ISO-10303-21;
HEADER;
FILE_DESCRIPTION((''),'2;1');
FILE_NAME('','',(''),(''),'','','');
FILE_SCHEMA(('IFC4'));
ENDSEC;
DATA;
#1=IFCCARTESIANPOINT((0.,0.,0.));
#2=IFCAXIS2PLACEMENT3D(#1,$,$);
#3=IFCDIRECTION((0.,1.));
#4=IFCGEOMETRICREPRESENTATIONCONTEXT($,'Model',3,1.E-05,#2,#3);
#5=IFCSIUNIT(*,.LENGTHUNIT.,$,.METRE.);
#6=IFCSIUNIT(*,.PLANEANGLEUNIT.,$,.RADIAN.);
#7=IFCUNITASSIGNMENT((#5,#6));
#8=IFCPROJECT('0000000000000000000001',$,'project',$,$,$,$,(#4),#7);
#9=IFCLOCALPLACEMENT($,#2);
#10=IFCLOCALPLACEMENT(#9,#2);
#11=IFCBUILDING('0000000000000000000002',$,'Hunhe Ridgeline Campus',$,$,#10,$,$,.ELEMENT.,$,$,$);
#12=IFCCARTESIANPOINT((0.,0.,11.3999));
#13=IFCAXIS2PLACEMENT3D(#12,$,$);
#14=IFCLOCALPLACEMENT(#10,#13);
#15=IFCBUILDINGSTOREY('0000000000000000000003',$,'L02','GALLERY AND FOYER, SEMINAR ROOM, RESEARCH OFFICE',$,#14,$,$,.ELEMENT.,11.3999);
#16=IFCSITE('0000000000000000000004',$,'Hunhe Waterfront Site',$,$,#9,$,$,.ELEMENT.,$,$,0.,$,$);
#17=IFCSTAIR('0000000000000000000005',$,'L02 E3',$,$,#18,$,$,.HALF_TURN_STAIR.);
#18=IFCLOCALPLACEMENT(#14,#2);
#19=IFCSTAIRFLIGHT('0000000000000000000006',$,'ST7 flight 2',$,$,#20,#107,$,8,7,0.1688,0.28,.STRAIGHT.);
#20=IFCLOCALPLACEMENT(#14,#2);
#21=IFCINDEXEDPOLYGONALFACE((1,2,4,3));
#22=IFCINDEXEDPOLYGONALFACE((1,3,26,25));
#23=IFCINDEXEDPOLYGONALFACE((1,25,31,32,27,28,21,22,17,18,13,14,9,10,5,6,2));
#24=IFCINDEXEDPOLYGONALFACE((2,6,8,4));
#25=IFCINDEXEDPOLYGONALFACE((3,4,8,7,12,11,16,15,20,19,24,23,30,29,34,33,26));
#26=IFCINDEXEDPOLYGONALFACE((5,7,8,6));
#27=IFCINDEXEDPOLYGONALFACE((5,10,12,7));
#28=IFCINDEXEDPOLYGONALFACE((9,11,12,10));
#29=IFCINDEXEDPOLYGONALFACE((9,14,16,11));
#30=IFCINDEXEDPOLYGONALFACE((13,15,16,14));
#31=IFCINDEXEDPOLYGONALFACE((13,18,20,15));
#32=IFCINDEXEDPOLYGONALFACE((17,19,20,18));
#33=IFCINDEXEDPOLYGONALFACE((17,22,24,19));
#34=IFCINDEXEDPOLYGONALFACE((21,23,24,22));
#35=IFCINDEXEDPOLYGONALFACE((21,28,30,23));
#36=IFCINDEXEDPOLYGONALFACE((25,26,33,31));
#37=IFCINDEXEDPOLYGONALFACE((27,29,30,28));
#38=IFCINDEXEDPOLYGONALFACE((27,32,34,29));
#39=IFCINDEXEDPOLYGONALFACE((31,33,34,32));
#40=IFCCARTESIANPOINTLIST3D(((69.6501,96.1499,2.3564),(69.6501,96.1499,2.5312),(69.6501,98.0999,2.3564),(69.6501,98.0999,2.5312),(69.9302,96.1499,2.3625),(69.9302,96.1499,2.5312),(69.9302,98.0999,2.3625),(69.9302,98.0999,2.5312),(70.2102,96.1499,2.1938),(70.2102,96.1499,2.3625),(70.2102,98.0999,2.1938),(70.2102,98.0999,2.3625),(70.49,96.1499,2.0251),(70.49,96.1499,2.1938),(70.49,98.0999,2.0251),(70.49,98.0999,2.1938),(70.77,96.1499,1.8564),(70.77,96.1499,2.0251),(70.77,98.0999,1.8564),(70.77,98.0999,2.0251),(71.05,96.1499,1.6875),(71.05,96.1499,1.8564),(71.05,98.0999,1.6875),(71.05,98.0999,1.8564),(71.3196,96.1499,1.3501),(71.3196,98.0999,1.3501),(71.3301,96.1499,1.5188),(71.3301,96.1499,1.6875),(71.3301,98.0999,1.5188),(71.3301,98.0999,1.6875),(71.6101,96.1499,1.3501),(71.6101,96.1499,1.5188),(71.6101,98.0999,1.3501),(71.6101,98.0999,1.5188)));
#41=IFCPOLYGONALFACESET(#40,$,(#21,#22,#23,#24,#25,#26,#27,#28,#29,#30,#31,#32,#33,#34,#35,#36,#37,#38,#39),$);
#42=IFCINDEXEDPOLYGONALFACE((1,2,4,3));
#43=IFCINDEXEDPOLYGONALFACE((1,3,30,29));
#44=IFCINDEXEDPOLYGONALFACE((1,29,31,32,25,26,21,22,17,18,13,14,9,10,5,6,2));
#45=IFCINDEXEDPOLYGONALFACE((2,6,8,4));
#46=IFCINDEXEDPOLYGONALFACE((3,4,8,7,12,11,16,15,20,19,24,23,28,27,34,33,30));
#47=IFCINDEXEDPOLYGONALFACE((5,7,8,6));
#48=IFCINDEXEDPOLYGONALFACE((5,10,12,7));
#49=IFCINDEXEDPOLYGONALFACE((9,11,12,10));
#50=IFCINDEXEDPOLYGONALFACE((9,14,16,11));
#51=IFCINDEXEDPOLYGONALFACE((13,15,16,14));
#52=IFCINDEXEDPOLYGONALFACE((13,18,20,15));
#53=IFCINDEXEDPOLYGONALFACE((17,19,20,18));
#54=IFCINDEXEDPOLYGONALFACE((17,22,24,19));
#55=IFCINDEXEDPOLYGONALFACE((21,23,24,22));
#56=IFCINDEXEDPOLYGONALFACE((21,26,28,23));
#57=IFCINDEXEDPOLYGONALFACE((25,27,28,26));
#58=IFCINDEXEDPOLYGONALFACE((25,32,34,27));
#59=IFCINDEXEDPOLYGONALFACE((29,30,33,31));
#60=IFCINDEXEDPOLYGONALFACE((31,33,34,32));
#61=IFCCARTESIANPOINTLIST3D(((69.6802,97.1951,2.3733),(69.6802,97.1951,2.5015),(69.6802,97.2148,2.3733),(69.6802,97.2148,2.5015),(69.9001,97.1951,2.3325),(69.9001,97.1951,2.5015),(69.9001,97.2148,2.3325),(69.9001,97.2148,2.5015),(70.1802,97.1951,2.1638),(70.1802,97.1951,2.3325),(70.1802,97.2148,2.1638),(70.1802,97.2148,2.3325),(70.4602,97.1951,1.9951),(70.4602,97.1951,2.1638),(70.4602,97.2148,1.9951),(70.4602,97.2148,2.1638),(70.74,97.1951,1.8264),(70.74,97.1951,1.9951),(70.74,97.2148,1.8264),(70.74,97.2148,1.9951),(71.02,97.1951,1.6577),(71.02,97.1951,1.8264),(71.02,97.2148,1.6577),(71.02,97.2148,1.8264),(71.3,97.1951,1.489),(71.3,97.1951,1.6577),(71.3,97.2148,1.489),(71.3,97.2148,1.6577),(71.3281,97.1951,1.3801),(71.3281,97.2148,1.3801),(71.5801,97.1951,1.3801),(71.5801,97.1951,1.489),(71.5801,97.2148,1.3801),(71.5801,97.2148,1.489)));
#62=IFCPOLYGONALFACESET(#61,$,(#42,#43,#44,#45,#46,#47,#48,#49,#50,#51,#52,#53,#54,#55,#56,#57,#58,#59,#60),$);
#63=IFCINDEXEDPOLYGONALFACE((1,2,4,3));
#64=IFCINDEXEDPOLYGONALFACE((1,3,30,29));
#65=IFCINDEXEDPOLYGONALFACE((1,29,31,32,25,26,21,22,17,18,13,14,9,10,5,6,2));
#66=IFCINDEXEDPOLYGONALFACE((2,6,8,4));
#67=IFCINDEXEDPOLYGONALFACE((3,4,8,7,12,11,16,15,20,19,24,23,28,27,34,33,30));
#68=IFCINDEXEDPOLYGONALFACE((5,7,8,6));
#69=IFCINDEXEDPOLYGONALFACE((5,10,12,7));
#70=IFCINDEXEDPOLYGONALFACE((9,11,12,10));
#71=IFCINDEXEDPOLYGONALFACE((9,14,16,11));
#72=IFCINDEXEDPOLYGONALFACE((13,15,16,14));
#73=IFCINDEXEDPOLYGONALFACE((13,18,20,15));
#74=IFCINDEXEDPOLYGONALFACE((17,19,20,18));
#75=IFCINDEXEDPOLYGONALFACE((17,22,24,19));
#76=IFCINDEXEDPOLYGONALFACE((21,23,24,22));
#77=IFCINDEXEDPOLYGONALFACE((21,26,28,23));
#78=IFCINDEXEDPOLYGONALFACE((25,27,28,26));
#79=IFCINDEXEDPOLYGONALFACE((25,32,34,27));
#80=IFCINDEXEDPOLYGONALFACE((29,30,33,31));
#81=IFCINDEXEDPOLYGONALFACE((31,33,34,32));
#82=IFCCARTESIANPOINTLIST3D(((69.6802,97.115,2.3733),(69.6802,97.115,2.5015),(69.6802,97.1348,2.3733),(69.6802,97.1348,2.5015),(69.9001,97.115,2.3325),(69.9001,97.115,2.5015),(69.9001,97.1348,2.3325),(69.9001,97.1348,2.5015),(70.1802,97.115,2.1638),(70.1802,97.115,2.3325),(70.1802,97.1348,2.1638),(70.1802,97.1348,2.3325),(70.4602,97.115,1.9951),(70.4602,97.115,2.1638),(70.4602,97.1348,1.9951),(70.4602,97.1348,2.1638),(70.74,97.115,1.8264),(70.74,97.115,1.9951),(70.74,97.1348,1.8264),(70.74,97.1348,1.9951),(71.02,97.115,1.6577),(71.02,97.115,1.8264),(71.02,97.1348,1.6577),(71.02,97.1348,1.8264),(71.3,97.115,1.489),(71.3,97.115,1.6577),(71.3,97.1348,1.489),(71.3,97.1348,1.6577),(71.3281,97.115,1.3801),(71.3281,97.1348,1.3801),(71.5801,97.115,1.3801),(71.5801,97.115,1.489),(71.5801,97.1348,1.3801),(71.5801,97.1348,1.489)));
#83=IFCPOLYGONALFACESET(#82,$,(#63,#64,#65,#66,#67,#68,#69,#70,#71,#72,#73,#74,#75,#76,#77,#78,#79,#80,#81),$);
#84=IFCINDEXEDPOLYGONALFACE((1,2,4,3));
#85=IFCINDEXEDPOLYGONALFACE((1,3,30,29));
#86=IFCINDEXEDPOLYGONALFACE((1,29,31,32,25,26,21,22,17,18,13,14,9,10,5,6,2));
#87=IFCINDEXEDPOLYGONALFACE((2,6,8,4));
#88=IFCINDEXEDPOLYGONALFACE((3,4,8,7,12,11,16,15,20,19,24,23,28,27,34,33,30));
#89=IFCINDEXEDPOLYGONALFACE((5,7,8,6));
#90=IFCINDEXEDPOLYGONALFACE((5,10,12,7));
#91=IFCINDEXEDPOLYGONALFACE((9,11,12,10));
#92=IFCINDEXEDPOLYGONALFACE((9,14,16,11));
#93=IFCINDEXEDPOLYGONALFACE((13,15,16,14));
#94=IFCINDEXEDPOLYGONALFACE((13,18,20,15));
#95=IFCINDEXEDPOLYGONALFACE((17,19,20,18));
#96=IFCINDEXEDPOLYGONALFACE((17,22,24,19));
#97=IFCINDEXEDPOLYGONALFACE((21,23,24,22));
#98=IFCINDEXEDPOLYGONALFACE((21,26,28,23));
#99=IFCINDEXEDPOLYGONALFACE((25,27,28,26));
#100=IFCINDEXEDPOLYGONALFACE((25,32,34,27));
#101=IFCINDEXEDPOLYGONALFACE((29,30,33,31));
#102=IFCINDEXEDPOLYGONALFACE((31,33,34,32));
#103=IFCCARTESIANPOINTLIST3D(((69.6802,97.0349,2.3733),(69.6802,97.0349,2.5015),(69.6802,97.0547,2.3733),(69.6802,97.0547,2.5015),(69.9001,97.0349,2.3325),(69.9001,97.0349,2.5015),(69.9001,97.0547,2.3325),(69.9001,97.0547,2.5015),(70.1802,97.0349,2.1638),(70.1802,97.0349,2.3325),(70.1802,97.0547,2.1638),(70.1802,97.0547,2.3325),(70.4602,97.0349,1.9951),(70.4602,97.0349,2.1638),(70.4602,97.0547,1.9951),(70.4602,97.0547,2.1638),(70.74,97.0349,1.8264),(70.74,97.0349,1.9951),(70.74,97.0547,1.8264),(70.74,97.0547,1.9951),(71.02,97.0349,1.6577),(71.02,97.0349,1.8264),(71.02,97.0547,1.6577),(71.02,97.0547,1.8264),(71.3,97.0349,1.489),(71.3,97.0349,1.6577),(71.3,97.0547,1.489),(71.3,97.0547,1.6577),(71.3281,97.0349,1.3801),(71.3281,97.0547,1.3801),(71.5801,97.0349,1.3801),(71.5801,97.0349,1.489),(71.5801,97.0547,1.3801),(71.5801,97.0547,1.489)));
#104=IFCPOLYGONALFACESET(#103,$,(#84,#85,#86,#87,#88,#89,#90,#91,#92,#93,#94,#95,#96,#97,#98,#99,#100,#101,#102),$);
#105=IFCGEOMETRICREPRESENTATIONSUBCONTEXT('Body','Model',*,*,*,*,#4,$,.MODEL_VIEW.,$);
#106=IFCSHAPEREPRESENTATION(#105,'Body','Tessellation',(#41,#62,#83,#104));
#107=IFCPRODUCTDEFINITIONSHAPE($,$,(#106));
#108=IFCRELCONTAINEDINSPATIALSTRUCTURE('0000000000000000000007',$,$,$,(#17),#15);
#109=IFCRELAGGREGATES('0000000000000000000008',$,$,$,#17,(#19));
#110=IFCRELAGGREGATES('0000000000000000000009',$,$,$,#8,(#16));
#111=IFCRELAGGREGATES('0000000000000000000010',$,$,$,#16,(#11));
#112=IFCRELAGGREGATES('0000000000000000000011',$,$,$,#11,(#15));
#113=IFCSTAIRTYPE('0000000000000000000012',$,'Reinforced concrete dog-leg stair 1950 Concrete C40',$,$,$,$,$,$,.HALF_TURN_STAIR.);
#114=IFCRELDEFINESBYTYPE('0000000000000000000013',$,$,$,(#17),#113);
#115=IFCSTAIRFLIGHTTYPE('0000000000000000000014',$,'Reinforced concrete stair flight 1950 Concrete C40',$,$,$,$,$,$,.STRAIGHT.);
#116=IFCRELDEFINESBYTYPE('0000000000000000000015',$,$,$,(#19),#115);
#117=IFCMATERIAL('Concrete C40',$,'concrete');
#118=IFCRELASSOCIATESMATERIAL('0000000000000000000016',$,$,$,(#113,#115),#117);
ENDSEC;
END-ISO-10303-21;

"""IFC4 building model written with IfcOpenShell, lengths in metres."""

from ifc_helpers import new_model, si_unit, direction, frame, origin, place, context, subcontext, project, spatial, polyline, outline, extrude, material, type_object, element, aggregate, save


model = new_model("IFC4")

# Units and contexts
model_context = context("Model", 3, precision=1e-05, world=origin(), true_north=direction((0.0, 1.0)))
body_context = subcontext(model_context, "Body", "Model", "MODEL_VIEW")
ifc_project = project(units=[si_unit("LENGTHUNIT", "METRE"), si_unit("PLANEANGLEUNIT", "RADIAN")], contexts=[model_context])

# Site, building, storey
site_placement = place(None, origin())
site = spatial("IfcSite", under=ifc_project, at=site_placement, Name="Hunhe Waterfront Site", CompositionType="ELEMENT", RefElevation=0.0)
building_placement = place(site_placement, origin())
building = spatial("IfcBuilding", under=site, at=building_placement, Name="Hunhe Ridgeline Campus", CompositionType="ELEMENT")
storey_placement = place(building_placement, frame((0.0, 0.0, 11.3999)))
storey = spatial("IfcBuildingStorey", under=building, at=storey_placement, Name="L02", Description="GALLERY AND FOYER, SEMINAR ROOM, RESEARCH OFFICE", CompositionType="ELEMENT", Elevation=11.3999)

# Stair, stair flight
ifc_material_1 = material(Name="Concrete C40", Category="concrete")
stair_type = type_object("IfcStairType", Name="Reinforced concrete dog-leg stair 1950 Concrete C40", PredefinedType="HALF_TURN_STAIR", material=ifc_material_1)
stair_flight_type = type_object("IfcStairFlightType", Name="Reinforced concrete stair flight 1950 Concrete C40", PredefinedType="STRAIGHT", material=ifc_material_1)
stair_1_placement = place(storey_placement, origin())
stair_1 = element("IfcStair", 1, at=stair_1_placement, inside=storey, type_object=stair_type, Name="L02 E3", PredefinedType="HALF_TURN_STAIR")
stair_flight_1_placement = place(storey_placement, frame((71.6101, 97.125, 1.3501), z_axis=(0.0, 0.0, 1.0), x_axis=(-1.0, 0.0, 0.0)))
stair_flight_1 = element("IfcStairFlight", 2, at=stair_flight_1_placement, type_object=stair_flight_type, Name="ST7 flight 2", NumberOfRisers=8, NumberOfTreads=7, PredefinedType="STRAIGHT", RiserHeight=0.1688, TreadLength=0.28, context=body_context, shape_type="SweptSolid", body=[
    extrude(outline(polyline([(0.0, 0.0), (0.0, 0.1687), (0.28, 0.1687), (0.28, 0.3374), (0.5601, 0.3374), (0.5601, 0.5063), (0.8401, 0.5063), (0.8401, 0.675), (1.1201, 0.675), (1.1201, 0.8438), (1.3999, 0.8438), (1.3999, 1.0125), (1.6799, 1.0125), (1.6799, 1.1812), (1.96, 1.1812), (1.96, 1.3501), (1.96, 1.0063), (0.2905, 0.0), (0.0, 0.0)])), frame((0.0, 0.9751, 0.0), z_axis=(0.0, -1.0, 0.0), x_axis=(1.0, 0.0, 0.0)), (0.0, 0.0, 1.0), 1.95),
    extrude(outline(polyline([(0.03, 0.03), (0.03, 0.1389), (0.3101, 0.1389), (0.3101, 0.3076), (0.5901, 0.3076), (0.5901, 0.4763), (0.8701, 0.4763), (0.8701, 0.645), (1.1499, 0.645), (1.1499, 0.8137), (1.4299, 0.8137), (1.4299, 0.9824), (1.71, 0.9824), (1.71, 1.1514), (1.9299, 1.1514), (1.9299, 1.0232), (0.282, 0.03), (0.03, 0.03)])), frame((0.0, -0.0701, 0.0), z_axis=(0.0, -1.0, 0.0), x_axis=(1.0, 0.0, 0.0)), (0.0, 0.0, 1.0), 0.0198),
    extrude(outline(polyline([(0.03, 0.03), (0.03, 0.1389), (0.3101, 0.1389), (0.3101, 0.3076), (0.5901, 0.3076), (0.5901, 0.4763), (0.8701, 0.4763), (0.8701, 0.645), (1.1499, 0.645), (1.1499, 0.8137), (1.4299, 0.8137), (1.4299, 0.9824), (1.71, 0.9824), (1.71, 1.1514), (1.9299, 1.1514), (1.9299, 1.0232), (0.282, 0.03), (0.03, 0.03)])), frame((0.0, 0.01, 0.0), z_axis=(0.0, -1.0, 0.0), x_axis=(1.0, 0.0, 0.0)), (0.0, 0.0, 1.0), 0.0198),
    extrude(outline(polyline([(0.03, 0.03), (0.03, 0.1389), (0.3101, 0.1389), (0.3101, 0.3076), (0.5901, 0.3076), (0.5901, 0.4763), (0.8701, 0.4763), (0.8701, 0.645), (1.1499, 0.645), (1.1499, 0.8137), (1.4299, 0.8137), (1.4299, 0.9824), (1.71, 0.9824), (1.71, 1.1514), (1.9299, 1.1514), (1.9299, 1.0232), (0.282, 0.03), (0.03, 0.03)])), frame((0.0, 0.0901, 0.0), z_axis=(0.0, -1.0, 0.0), x_axis=(1.0, 0.0, 0.0)), (0.0, 0.0, 1.0), 0.0198),
])
aggregate(stair_1, [stair_flight_1])

save(model, "model.ifc")
